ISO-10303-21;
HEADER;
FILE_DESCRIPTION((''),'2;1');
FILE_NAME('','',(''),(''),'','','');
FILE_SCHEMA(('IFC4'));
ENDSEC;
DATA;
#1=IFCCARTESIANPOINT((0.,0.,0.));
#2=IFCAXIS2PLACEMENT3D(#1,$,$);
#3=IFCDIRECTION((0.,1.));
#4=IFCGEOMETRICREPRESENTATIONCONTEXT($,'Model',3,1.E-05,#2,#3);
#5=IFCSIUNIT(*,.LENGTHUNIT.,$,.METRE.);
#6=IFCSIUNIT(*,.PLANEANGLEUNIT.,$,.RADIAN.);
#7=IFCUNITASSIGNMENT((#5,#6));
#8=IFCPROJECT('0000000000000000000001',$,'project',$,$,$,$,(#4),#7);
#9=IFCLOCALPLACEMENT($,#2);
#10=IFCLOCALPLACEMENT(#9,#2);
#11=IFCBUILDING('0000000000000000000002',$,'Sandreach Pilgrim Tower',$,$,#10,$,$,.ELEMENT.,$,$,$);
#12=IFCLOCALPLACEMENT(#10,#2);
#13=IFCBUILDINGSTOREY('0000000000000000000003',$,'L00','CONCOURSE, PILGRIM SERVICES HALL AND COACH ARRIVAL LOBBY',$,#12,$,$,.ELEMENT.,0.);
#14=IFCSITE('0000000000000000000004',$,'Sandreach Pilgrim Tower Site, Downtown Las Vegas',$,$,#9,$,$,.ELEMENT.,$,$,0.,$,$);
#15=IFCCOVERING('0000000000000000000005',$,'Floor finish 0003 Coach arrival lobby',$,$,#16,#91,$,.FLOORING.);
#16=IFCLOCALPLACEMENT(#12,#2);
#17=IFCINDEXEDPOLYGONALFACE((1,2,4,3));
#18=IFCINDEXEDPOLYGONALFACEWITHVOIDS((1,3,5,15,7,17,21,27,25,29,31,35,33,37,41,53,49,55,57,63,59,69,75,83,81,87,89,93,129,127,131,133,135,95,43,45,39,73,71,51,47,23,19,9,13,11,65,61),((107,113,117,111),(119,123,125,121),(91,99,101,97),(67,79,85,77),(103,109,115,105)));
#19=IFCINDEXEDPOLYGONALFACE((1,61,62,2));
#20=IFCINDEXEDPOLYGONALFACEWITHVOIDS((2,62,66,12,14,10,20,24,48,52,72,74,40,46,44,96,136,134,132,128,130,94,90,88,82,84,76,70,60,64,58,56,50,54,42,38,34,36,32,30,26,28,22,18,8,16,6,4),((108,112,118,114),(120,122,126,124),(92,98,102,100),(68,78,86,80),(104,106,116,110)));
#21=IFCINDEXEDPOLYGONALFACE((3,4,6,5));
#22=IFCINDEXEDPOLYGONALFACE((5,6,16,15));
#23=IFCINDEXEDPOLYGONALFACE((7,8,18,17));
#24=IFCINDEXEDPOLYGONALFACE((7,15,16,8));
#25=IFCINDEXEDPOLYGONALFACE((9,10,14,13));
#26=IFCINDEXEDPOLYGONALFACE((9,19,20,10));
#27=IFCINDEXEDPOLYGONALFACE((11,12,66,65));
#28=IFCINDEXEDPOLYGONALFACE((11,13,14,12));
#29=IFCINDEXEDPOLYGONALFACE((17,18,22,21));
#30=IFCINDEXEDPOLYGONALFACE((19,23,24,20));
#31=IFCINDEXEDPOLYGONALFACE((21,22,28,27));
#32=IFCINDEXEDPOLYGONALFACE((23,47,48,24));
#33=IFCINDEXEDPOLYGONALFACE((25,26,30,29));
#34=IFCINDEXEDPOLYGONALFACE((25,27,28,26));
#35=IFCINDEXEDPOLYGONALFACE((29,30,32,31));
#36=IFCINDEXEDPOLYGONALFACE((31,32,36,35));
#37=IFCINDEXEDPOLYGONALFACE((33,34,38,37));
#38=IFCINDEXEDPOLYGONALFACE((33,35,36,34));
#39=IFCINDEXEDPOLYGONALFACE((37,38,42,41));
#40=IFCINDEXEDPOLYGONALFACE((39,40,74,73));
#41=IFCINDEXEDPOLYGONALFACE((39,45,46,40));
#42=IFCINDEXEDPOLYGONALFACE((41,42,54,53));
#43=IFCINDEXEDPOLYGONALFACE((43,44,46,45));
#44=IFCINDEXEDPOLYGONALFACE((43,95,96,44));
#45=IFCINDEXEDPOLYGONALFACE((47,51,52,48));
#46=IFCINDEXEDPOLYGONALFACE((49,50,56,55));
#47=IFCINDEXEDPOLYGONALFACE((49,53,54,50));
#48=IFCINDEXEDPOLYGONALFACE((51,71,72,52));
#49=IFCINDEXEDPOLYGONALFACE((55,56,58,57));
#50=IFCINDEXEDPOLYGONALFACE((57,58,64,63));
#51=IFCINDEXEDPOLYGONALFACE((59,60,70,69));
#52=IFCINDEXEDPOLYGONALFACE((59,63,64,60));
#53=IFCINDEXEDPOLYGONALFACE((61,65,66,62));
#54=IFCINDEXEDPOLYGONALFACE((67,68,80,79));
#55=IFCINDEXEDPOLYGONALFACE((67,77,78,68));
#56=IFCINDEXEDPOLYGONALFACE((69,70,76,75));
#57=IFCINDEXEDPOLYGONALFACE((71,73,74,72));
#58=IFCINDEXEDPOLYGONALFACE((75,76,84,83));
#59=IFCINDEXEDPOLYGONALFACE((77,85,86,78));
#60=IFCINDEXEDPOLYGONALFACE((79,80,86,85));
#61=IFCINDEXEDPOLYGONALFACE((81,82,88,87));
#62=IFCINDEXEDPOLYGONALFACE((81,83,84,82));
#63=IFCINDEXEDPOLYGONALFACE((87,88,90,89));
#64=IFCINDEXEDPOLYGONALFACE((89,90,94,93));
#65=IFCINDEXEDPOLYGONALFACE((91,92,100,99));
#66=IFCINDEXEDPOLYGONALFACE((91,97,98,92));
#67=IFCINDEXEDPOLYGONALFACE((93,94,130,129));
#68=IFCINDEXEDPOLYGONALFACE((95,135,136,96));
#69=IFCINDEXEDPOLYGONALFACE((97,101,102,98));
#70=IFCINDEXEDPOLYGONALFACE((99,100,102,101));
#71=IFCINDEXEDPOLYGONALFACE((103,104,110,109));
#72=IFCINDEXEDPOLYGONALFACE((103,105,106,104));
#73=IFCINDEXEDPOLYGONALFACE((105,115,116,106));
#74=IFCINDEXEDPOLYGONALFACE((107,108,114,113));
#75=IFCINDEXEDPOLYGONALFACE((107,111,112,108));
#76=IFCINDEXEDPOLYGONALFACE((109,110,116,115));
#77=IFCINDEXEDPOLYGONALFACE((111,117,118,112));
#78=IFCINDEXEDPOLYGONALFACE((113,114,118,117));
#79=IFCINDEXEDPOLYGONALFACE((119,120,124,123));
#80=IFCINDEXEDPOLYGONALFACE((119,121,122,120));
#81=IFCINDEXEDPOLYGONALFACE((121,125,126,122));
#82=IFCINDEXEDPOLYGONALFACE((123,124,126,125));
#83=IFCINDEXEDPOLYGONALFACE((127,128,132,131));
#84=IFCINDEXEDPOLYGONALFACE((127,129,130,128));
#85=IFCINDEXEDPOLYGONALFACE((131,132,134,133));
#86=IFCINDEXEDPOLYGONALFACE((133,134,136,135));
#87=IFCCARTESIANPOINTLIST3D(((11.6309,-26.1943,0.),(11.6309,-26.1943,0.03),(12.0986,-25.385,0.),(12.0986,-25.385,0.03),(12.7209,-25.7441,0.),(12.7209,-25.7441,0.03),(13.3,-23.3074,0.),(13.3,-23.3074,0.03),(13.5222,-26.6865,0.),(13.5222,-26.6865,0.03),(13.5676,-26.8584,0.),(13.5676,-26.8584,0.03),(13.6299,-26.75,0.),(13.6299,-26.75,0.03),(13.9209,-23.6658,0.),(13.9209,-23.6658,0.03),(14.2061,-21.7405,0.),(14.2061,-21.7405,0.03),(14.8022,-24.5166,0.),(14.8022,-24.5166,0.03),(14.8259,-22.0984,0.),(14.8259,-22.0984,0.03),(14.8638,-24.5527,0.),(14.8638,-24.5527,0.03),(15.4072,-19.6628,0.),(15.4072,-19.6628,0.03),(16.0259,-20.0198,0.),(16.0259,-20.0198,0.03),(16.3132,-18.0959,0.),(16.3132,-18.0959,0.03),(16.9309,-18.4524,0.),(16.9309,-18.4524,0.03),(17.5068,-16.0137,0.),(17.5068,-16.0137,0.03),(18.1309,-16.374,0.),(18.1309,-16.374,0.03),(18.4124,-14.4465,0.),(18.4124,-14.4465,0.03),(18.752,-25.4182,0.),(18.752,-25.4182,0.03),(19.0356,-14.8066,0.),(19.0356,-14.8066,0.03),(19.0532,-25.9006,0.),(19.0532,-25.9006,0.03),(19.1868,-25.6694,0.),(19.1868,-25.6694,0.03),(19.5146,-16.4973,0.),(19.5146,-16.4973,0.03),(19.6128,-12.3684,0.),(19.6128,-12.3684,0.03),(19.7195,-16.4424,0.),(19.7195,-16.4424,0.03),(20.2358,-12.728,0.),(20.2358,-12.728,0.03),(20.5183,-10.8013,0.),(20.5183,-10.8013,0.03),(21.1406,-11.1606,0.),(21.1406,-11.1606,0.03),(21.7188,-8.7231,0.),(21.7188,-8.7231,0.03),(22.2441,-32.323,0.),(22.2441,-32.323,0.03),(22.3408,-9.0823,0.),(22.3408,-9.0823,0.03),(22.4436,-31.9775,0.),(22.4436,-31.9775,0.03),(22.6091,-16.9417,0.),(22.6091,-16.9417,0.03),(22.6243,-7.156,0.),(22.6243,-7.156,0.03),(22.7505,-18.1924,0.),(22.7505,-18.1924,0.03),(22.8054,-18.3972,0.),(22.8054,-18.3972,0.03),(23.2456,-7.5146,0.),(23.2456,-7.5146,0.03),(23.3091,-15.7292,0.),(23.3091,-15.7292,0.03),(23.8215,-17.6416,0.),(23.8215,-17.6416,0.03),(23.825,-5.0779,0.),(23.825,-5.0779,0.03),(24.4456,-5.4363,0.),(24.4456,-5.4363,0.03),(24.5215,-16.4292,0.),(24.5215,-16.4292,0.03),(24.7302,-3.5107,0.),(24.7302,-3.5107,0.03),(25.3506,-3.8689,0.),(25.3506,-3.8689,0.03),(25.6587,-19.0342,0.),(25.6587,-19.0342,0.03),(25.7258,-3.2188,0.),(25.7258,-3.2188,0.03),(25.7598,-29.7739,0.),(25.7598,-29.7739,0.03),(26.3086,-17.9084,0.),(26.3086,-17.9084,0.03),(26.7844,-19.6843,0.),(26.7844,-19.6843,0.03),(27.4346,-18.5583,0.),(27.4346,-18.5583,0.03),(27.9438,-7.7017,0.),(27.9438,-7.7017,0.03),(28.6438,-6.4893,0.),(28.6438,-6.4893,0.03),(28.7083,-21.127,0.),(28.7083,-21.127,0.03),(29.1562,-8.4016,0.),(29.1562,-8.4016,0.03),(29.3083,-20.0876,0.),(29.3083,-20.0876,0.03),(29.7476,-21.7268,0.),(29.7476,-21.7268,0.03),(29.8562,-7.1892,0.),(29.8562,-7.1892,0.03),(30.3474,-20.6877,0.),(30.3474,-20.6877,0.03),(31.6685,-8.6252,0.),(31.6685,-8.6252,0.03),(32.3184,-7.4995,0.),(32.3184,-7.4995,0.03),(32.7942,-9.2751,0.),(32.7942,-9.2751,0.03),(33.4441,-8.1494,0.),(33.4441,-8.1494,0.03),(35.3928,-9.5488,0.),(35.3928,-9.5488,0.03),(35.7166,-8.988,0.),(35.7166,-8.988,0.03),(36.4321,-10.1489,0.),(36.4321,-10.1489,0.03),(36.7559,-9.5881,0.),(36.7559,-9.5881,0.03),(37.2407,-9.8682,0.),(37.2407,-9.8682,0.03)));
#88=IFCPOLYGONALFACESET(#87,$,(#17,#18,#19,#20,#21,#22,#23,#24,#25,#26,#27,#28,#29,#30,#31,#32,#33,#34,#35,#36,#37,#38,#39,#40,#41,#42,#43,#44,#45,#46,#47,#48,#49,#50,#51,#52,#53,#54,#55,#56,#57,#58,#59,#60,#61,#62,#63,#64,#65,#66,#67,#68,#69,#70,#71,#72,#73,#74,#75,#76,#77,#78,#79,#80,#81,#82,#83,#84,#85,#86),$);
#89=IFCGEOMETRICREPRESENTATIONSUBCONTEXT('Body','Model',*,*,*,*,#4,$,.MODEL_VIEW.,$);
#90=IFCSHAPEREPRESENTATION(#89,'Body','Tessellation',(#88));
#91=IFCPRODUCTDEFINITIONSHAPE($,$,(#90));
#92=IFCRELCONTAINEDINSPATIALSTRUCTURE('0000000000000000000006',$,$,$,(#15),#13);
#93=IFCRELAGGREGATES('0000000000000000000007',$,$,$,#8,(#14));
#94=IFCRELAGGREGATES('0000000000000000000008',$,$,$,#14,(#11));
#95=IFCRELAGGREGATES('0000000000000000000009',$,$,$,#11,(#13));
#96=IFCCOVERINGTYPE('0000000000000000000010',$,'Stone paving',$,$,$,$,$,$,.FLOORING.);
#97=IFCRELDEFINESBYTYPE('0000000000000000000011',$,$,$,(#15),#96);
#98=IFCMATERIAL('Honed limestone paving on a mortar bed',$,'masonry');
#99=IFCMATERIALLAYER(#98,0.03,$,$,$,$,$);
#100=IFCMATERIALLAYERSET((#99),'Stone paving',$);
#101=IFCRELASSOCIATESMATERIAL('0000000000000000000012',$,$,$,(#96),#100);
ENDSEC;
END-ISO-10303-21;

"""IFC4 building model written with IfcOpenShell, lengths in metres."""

from ifc_helpers import new_model, si_unit, direction, origin, place, context, subcontext, project, spatial, polyline, outline, extrude, material, layer, layer_set, type_object, element, save


model = new_model("IFC4")

# Units and contexts
model_context = context("Model", 3, precision=1e-05, world=origin(), true_north=direction((0.0, 1.0)))
body_context = subcontext(model_context, "Body", "Model", "MODEL_VIEW")
ifc_project = project(units=[si_unit("LENGTHUNIT", "METRE"), si_unit("PLANEANGLEUNIT", "RADIAN")], contexts=[model_context])

# Site, building, storey
site_placement = place(None, origin())
site = spatial("IfcSite", under=ifc_project, at=site_placement, Name="Sandreach Pilgrim Tower Site, Downtown Las Vegas", CompositionType="ELEMENT", RefElevation=0.0)
building_placement = place(site_placement, origin())
building = spatial("IfcBuilding", under=site, at=building_placement, Name="Sandreach Pilgrim Tower", CompositionType="ELEMENT")
storey_placement = place(building_placement, origin())
storey = spatial("IfcBuildingStorey", under=building, at=storey_placement, Name="L00", Description="CONCOURSE, PILGRIM SERVICES HALL AND COACH ARRIVAL LOBBY", CompositionType="ELEMENT", Elevation=0.0)

# Covering
ifc_material_1 = material(Name="Honed limestone paving on a mortar bed", Category="masonry")
ifc_layer_1 = layer(ifc_material_1, 0.03)
ifc_layer_set_1 = layer_set([ifc_layer_1], Name="Stone paving")
covering_type_1 = type_object("IfcCoveringType", Name="Stone paving", PredefinedType="FLOORING", material=ifc_layer_set_1)
covering_1_placement = place(storey_placement, origin())
element("IfcCovering", 1, at=covering_1_placement, inside=storey, type_object=covering_type_1, Name="Floor finish 0003 Coach arrival lobby", PredefinedType="FLOORING", context=body_context, shape_type="SweptSolid", body=[
    extrude(outline(polyline([(11.6309, -26.1943), (12.0986, -25.385), (12.7209, -25.7441), (13.9209, -23.6658), (13.3, -23.3074), (14.2061, -21.7405), (14.8259, -22.0984), (16.0259, -20.0198), (15.4072, -19.6628), (16.3132, -18.0959), (16.9309, -18.4524), (18.1309, -16.374), (17.5068, -16.0137), (18.4124, -14.4465), (19.0356, -14.8066), (20.2358, -12.728), (19.6128, -12.3684), (20.5183, -10.8013), (21.1406, -11.1606), (22.3408, -9.0823), (21.7188, -8.7231), (22.6243, -7.156), (23.2456, -7.5146), (24.4456, -5.4363), (23.825, -5.0779), (24.7302, -3.5107), (25.3506, -3.8689), (25.7258, -3.2188), (35.7166, -8.988), (35.3928, -9.5488), (36.4321, -10.1489), (36.7559, -9.5881), (37.2407, -9.8682), (25.7598, -29.7739), (19.0532, -25.9006), (19.1868, -25.6694), (18.752, -25.4182), (22.8054, -18.3972), (22.7505, -18.1924), (19.7195, -16.4424), (19.5146, -16.4973), (14.8638, -24.5527), (14.8022, -24.5166), (13.5222, -26.6865), (13.6299, -26.75), (13.5676, -26.8584), (22.4436, -31.9775), (22.2441, -32.323), (11.6309, -26.1943)]), holes=[polyline([(33.4441, -8.1494), (32.3184, -7.4995), (31.6685, -8.6252), (32.7942, -9.2751), (33.4441, -8.1494)]), polyline([(30.3474, -20.6877), (29.3083, -20.0876), (28.7083, -21.127), (29.7476, -21.7268), (30.3474, -20.6877)]), polyline([(29.8562, -7.1892), (28.6438, -6.4893), (27.9438, -7.7017), (29.1562, -8.4016), (29.8562, -7.1892)]), polyline([(27.4346, -18.5583), (26.3086, -17.9084), (25.6587, -19.0342), (26.7844, -19.6843), (27.4346, -18.5583)]), polyline([(24.5215, -16.4292), (23.3091, -15.7292), (22.6091, -16.9417), (23.8215, -17.6416), (24.5215, -16.4292)])]), origin(), (0.0, 0.0, 1.0), 0.03),
])

save(model, "model.ifc")
